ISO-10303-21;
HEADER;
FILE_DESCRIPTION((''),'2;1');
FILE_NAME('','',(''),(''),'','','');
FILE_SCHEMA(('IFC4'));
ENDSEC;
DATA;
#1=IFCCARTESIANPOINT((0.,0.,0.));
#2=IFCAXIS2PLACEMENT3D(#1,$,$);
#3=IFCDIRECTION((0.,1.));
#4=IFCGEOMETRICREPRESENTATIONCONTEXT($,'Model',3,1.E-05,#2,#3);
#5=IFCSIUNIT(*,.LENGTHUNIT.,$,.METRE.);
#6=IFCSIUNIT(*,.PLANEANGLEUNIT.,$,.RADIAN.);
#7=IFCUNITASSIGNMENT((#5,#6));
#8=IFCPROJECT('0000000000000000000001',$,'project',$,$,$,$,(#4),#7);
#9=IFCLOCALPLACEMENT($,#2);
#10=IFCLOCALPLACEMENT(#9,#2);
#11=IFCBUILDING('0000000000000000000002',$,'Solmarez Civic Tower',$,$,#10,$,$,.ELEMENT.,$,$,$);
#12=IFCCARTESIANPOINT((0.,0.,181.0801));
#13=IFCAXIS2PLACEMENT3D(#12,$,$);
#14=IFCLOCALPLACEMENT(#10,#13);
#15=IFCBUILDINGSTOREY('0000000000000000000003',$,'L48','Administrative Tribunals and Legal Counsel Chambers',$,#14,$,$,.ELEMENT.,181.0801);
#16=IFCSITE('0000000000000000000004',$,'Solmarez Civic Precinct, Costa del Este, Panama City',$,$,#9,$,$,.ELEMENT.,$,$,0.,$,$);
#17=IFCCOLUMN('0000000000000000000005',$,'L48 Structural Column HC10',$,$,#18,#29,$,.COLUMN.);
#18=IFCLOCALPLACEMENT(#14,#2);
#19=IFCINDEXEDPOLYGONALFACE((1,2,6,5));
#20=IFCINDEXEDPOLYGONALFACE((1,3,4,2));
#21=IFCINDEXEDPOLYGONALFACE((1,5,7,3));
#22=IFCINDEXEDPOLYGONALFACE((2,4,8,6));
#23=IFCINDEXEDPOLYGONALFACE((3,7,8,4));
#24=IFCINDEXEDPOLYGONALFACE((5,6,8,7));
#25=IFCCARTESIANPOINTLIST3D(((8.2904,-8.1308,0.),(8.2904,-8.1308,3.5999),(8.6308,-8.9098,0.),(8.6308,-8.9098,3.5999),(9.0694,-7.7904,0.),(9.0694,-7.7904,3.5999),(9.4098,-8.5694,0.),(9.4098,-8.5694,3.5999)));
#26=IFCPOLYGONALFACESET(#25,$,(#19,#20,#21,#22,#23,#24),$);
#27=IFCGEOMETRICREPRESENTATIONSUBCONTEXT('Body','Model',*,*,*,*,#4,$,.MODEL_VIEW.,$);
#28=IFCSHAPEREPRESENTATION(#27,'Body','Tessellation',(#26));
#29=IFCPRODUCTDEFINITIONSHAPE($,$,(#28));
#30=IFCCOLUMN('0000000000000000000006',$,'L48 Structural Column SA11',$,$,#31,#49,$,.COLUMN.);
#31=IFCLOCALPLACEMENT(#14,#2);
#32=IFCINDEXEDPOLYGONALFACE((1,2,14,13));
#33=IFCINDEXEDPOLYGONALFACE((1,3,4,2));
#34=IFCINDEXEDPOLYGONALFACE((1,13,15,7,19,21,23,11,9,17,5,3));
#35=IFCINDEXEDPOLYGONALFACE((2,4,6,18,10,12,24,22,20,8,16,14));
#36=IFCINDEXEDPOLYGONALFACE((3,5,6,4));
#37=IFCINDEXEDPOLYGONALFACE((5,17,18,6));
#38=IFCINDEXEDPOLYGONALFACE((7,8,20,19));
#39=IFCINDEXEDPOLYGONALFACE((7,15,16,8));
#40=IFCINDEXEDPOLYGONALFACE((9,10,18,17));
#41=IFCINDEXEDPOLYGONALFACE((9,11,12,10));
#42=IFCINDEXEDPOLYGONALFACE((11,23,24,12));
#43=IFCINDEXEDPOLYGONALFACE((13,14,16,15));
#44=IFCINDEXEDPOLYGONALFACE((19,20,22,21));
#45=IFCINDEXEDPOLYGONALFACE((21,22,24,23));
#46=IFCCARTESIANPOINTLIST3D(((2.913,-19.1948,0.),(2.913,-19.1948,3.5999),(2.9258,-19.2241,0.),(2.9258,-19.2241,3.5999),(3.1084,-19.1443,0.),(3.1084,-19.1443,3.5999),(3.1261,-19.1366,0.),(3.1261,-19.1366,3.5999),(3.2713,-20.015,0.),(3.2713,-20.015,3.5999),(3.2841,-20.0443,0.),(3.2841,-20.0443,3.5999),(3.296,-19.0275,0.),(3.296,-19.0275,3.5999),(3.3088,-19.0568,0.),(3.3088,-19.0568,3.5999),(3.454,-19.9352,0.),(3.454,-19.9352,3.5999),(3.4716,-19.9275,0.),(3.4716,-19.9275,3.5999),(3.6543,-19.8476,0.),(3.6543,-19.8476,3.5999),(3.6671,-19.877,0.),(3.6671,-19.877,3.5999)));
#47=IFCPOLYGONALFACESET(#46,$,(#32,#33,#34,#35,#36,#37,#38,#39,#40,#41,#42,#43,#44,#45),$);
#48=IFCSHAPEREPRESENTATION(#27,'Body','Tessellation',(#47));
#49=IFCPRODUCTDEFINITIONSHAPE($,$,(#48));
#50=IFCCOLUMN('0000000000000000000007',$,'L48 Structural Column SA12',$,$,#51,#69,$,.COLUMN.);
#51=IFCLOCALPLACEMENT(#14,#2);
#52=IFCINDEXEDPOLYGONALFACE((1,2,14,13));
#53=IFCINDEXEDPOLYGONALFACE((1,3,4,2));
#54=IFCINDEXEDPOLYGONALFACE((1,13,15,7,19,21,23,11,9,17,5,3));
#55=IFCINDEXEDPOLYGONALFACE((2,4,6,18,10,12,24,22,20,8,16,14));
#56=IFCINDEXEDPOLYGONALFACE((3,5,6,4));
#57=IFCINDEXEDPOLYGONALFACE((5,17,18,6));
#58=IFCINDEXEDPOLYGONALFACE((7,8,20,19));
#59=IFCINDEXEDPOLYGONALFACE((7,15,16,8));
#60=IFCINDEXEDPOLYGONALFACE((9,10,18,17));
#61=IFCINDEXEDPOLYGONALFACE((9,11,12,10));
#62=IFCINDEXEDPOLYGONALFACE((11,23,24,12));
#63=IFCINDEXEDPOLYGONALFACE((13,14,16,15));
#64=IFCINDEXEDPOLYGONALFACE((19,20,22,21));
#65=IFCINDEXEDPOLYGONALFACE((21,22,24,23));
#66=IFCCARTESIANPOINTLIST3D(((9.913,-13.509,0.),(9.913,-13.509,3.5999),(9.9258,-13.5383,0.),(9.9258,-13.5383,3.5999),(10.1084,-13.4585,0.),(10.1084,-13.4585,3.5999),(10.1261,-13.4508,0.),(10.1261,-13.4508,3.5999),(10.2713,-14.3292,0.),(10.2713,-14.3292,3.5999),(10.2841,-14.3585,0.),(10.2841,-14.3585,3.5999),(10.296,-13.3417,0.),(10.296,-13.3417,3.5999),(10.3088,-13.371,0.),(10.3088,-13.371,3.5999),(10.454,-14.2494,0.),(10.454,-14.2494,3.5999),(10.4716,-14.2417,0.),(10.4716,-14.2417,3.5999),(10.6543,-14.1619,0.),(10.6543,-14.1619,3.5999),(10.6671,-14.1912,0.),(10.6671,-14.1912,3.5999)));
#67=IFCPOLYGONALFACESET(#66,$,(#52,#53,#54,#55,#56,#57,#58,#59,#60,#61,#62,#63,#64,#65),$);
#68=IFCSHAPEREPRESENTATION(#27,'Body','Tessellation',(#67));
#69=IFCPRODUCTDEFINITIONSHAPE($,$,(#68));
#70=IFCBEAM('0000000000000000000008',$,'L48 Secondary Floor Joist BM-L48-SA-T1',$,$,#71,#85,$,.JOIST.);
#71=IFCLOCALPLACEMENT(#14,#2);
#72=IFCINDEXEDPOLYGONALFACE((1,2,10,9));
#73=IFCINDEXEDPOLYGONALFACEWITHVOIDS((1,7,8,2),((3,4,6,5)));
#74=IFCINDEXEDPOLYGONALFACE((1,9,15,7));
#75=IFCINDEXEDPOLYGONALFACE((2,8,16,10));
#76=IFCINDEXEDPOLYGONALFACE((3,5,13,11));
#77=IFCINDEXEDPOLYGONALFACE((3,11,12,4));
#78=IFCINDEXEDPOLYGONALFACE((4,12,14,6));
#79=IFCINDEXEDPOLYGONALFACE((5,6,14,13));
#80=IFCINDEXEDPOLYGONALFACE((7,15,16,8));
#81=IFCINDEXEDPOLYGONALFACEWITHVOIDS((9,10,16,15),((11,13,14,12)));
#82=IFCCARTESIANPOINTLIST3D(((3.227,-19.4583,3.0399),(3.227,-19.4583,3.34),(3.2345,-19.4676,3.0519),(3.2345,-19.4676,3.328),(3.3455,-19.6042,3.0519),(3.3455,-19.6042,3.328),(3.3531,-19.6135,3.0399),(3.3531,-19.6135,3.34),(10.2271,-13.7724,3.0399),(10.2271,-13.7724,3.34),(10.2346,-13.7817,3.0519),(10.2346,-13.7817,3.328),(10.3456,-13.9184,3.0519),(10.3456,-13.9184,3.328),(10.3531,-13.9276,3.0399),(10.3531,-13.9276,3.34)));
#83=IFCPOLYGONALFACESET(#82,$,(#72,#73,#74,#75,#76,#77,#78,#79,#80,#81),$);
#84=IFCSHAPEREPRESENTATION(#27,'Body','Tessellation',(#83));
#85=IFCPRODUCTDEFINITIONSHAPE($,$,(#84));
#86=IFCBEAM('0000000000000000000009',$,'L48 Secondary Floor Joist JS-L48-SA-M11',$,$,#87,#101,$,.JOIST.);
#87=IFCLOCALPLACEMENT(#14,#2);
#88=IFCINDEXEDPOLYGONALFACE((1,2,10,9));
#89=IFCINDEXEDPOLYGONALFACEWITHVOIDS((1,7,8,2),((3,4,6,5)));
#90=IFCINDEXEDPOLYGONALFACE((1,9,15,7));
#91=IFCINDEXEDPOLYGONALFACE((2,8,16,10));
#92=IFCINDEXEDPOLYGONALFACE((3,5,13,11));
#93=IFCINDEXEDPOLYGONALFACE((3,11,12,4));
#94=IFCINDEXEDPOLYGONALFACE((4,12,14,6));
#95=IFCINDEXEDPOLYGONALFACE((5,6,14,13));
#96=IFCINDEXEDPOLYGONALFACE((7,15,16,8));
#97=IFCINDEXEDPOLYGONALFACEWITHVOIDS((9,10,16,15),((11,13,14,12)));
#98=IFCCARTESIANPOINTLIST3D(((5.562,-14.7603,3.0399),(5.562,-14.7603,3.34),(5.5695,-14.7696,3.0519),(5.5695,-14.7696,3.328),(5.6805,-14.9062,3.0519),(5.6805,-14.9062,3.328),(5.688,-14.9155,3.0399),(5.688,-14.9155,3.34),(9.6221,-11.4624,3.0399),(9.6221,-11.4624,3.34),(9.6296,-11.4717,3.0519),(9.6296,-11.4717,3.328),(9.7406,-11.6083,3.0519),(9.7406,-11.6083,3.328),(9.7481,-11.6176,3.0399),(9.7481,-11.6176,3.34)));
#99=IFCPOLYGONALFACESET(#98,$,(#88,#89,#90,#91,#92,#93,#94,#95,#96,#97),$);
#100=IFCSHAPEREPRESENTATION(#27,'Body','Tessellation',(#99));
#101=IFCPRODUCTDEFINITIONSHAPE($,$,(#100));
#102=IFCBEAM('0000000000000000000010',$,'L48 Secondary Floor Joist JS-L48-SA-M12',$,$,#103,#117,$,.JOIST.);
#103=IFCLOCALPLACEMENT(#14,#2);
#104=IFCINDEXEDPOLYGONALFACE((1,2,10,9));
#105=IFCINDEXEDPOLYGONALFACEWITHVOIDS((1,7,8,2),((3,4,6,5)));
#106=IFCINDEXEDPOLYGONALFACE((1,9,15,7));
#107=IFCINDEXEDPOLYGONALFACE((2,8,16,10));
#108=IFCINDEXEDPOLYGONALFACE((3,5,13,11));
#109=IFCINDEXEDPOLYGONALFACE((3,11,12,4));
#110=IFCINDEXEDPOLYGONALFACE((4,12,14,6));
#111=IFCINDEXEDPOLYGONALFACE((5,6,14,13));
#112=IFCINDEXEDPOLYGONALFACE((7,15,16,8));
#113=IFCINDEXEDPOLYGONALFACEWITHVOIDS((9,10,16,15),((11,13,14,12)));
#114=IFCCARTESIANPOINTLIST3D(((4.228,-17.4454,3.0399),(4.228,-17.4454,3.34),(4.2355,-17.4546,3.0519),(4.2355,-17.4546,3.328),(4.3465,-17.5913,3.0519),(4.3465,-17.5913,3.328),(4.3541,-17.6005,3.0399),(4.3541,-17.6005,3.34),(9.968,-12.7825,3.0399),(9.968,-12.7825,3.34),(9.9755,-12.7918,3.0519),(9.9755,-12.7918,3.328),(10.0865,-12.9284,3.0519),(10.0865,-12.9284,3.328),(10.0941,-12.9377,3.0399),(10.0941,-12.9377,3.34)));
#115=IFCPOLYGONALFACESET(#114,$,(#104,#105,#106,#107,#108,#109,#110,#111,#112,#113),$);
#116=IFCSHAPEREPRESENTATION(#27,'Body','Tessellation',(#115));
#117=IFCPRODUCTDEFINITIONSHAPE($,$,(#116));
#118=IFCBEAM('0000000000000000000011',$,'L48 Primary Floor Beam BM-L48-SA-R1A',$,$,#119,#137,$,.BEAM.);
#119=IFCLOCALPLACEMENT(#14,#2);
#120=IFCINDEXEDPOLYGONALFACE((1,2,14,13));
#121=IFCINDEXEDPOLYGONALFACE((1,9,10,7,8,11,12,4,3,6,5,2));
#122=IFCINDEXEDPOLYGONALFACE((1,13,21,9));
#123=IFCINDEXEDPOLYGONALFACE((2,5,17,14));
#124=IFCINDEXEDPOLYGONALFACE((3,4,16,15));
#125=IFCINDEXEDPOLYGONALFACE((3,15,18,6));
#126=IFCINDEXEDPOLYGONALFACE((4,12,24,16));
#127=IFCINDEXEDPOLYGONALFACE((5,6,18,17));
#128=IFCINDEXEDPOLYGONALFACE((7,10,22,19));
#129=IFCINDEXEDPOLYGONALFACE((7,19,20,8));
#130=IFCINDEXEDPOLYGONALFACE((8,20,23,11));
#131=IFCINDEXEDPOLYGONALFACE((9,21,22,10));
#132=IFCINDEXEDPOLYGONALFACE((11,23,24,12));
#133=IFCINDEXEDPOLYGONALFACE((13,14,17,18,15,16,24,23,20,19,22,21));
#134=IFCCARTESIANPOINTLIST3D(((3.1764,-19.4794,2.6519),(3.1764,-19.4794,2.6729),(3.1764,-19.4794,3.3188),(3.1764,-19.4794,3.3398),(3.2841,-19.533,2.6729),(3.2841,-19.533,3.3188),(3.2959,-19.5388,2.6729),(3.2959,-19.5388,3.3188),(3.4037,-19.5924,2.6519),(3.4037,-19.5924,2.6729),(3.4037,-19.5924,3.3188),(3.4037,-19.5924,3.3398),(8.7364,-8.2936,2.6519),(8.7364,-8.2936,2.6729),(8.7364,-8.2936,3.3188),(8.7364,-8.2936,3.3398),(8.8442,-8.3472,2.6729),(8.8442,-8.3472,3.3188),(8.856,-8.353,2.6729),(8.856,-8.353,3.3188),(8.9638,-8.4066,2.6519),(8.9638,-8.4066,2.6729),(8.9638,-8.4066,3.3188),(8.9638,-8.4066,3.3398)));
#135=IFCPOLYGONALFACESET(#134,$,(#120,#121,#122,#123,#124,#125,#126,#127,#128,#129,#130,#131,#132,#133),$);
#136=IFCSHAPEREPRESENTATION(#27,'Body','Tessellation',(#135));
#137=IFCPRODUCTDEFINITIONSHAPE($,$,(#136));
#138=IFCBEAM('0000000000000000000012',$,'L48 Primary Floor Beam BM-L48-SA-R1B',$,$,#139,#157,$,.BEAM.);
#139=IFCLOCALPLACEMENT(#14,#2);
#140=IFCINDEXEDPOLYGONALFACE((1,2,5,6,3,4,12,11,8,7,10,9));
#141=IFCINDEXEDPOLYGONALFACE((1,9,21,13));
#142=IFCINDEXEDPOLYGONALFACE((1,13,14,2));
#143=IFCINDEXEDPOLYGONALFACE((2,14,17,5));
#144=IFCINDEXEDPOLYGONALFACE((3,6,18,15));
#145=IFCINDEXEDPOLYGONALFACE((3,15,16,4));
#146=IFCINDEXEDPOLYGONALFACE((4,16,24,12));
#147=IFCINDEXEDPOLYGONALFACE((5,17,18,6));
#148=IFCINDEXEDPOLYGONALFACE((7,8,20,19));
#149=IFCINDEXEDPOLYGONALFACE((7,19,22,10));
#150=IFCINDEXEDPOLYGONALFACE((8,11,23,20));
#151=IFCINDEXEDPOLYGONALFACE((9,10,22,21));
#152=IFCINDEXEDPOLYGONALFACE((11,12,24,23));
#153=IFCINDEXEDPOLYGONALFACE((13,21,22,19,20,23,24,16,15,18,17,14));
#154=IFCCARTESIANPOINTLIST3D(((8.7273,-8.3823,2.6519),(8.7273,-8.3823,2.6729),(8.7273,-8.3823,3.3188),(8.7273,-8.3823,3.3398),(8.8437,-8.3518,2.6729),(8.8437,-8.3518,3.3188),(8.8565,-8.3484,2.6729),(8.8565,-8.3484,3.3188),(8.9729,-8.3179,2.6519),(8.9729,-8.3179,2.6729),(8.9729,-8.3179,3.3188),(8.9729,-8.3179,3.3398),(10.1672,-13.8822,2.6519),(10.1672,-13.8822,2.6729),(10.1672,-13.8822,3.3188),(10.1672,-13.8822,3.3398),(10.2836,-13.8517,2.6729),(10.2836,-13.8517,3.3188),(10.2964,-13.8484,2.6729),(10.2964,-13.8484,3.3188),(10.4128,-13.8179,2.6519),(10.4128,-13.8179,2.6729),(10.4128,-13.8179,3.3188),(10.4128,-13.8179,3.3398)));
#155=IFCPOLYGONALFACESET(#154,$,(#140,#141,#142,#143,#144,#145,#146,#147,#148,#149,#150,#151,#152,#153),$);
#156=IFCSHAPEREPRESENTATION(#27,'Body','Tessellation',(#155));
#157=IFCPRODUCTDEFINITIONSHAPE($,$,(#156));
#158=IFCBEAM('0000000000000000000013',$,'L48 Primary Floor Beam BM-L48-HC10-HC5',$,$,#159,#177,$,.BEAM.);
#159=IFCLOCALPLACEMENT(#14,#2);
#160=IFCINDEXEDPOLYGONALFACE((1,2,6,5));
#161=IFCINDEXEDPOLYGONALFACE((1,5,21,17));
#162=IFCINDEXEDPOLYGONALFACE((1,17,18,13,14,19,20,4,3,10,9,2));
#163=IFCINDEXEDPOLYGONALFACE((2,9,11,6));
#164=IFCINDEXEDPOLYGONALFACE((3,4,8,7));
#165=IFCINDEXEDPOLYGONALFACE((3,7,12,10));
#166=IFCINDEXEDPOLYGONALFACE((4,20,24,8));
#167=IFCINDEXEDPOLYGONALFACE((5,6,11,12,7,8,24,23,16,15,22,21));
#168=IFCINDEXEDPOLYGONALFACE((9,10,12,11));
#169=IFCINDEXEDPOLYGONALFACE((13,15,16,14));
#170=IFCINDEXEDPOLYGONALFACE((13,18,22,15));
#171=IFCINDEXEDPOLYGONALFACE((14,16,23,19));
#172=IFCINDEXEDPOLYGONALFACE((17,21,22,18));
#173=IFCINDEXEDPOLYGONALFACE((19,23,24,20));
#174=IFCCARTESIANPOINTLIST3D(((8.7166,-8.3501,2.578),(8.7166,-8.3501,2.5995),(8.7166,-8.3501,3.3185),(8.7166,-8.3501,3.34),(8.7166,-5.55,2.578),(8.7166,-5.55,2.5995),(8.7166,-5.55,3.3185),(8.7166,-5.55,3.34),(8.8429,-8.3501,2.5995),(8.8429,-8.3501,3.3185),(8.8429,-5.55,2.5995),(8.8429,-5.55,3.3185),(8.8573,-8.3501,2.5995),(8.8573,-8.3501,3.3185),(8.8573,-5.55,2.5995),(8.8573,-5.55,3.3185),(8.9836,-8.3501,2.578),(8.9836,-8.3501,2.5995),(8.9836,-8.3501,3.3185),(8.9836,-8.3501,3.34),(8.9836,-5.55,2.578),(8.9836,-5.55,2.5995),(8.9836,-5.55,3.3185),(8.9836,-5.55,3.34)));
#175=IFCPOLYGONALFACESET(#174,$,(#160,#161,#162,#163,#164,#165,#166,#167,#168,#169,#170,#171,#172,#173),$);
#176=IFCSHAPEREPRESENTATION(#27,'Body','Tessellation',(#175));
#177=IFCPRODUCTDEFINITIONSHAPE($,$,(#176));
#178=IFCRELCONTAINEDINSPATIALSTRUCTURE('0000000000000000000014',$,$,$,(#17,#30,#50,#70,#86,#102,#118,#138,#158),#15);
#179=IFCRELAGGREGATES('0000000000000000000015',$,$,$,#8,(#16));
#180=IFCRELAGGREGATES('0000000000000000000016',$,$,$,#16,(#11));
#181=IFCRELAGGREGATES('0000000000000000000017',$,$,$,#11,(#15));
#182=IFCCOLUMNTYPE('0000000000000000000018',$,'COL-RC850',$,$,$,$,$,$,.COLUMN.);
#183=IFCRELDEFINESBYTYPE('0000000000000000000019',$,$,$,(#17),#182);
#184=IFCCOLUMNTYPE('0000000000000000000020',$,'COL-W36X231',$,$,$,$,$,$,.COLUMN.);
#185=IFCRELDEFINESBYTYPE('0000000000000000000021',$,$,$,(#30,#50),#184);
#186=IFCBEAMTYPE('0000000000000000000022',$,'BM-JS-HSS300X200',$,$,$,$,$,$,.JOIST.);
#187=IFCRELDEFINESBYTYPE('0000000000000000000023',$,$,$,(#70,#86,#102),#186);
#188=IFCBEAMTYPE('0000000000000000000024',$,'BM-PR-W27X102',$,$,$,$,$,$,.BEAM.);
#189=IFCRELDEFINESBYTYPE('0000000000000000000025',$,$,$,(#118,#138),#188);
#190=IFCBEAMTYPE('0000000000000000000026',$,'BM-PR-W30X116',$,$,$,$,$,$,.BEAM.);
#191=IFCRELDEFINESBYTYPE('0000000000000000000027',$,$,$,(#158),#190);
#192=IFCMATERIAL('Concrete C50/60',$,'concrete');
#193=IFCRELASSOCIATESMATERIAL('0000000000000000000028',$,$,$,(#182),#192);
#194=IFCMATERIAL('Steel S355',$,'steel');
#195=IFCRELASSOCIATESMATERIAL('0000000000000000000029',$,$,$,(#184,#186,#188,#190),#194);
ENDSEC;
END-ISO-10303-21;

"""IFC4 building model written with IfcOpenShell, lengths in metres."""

from ifc_helpers import new_model, si_unit, direction, frame, origin, origin_2d, place, context, subcontext, project, spatial, rectangle, hollow_rectangle, i_section, extrude, material, material_profile, profile_set, type_object, element, save


model = new_model("IFC4")

# Units and contexts
model_context = context("Model", 3, precision=1e-05, world=origin(), true_north=direction((0.0, 1.0)))
body_context = subcontext(model_context, "Body", "Model", "MODEL_VIEW")
ifc_project = project(units=[si_unit("LENGTHUNIT", "METRE"), si_unit("PLANEANGLEUNIT", "RADIAN")], contexts=[model_context])

# Site, building, storey
site_placement = place(None, origin())
site = spatial("IfcSite", under=ifc_project, at=site_placement, Name="Solmarez Civic Precinct, Costa del Este, Panama City", CompositionType="ELEMENT", RefElevation=0.0)
building_placement = place(site_placement, origin())
building = spatial("IfcBuilding", under=site, at=building_placement, Name="Solmarez Civic Tower", CompositionType="ELEMENT")
storey_placement = place(building_placement, frame((0.0, 0.0, 181.0801)))
storey = spatial("IfcBuildingStorey", under=building, at=storey_placement, Name="L48", Description="Administrative Tribunals and Legal Counsel Chambers", CompositionType="ELEMENT", Elevation=181.0801)

# Columns
ifc_material_1 = material(Name="Concrete C50/60", Category="concrete")
ifc_material_profile_1 = material_profile(ifc_material_1, rectangle(XDim=0.8501, YDim=0.8501, at=origin_2d()), Name="RC850X850")
ifc_profile_set_1 = profile_set([ifc_material_profile_1], Name="Concrete C50/60")
column_type_1 = type_object("IfcColumnType", Name="COL-RC850", PredefinedType="COLUMN", material=ifc_profile_set_1)
column_placement = place(storey_placement, frame((8.8501, -8.3501, 0.0), z_axis=(0.0, 0.0, 1.0), x_axis=(0.916363, 0.400349, 0.0)))
element("IfcColumn", 1, at=column_placement, inside=storey, type_object=column_type_1, Name="L48 Structural Column HC10", PredefinedType="COLUMN", context=body_context, shape_type="SweptSolid", body=[
    extrude(rectangle(XDim=0.8501, YDim=0.8501, at=origin_2d()), origin(), (0.0, 0.0, 1.0), 3.5999),
])
ifc_material_2 = material(Name="Steel S355", Category="steel")
ifc_material_profile_2 = material_profile(ifc_material_2, i_section(OverallWidth=0.418, OverallDepth=0.927, WebThickness=0.0193, FlangeThickness=0.032, at=origin_2d()), Name="W36X231")
ifc_profile_set_2 = profile_set([ifc_material_profile_2], Name="Steel S355")
column_type_2 = type_object("IfcColumnType", Name="COL-W36X231", PredefinedType="COLUMN", material=ifc_profile_set_2)
for number, where, z_axis, x_axis, name in (
    (2, (3.29, -19.5359, 0.0), (0.0, 0.0, 1.0), (0.916363, 0.400349, 0.0), "L48 Structural Column SA11"),
    (3, (10.29, -13.8501, 0.0), (0.0, 0.0, 1.0), (0.916363, 0.400349, 0.0), "L48 Structural Column SA12"),
):
    element("IfcColumn", number, at=place(storey_placement, frame(where, z_axis=z_axis, x_axis=x_axis)), inside=storey, type_object=column_type_2, Name=name, PredefinedType="COLUMN", context=body_context, shape_type="SweptSolid", body=[
        extrude(i_section(OverallWidth=0.418, OverallDepth=0.927, WebThickness=0.0193, FlangeThickness=0.032, at=origin_2d()), origin(), (0.0, 0.0, 1.0), 3.5999),
    ])

# Beams
ifc_material_profile_3 = material_profile(ifc_material_2, hollow_rectangle(XDim=0.2, YDim=0.3, WallThickness=0.012, at=origin_2d()), Name="HSS300X200X12")
ifc_profile_set_3 = profile_set([ifc_material_profile_3], Name="Steel S355")
beam_type_1 = type_object("IfcBeamType", Name="BM-JS-HSS300X200", PredefinedType="JOIST", material=ifc_profile_set_3)
beam_1_placement = place(storey_placement, frame((3.29, -19.5359, 3.1899), z_axis=(0.776207, 0.630478, 0.0), x_axis=(-0.630478, 0.776207, 0.0)))
element("IfcBeam", 4, at=beam_1_placement, inside=storey, type_object=beam_type_1, Name="L48 Secondary Floor Joist BM-L48-SA-T1", PredefinedType="JOIST", context=body_context, shape_type="SweptSolid", body=[
    extrude(hollow_rectangle(XDim=0.2, YDim=0.3, WallThickness=0.012, at=origin_2d()), origin(), (0.0, 0.0, 1.0), 9.0183),
])
beam_2_placement = place(storey_placement, frame((5.625, -14.8379, 3.1899), z_axis=(0.776203, 0.630484, 0.0), x_axis=(-0.630484, 0.776203, 0.0)))
element("IfcBeam", 5, at=beam_2_placement, inside=storey, type_object=beam_type_1, Name="L48 Secondary Floor Joist JS-L48-SA-M11", PredefinedType="JOIST", context=body_context, shape_type="SweptSolid", body=[
    extrude(hollow_rectangle(XDim=0.2, YDim=0.3, WallThickness=0.012, at=origin_2d()), origin(), (0.0, 0.0, 1.0), 5.2307),
])
beam_3_placement = place(storey_placement, frame((4.291, -17.5229, 3.1899), z_axis=(0.776174, 0.630519, 0.0), x_axis=(-0.630519, 0.776174, 0.0)))
element("IfcBeam", 6, at=beam_3_placement, inside=storey, type_object=beam_type_1, Name="L48 Secondary Floor Joist JS-L48-SA-M12", PredefinedType="JOIST", context=body_context, shape_type="SweptSolid", body=[
    extrude(hollow_rectangle(XDim=0.2, YDim=0.3, WallThickness=0.012, at=origin_2d()), origin(), (0.0, 0.0, 1.0), 7.3953),
])
ifc_material_profile_4 = material_profile(ifc_material_2, i_section(OverallWidth=0.2539, OverallDepth=0.688, WebThickness=0.0132, FlangeThickness=0.021, at=origin_2d()), Name="W27X102")
ifc_profile_set_4 = profile_set([ifc_material_profile_4], Name="Steel S355")
beam_type_2 = type_object("IfcBeamType", Name="BM-PR-W27X102", PredefinedType="BEAM", material=ifc_profile_set_4)
beam_4_placement = place(storey_placement, frame((8.8501, -8.3501, 2.9958), z_axis=(-0.445109, -0.895476, 0.0), x_axis=(0.895476, -0.445109, 0.0)))
element("IfcBeam", 7, at=beam_4_placement, inside=storey, type_object=beam_type_2, Name="L48 Primary Floor Beam BM-L48-SA-R1A", PredefinedType="BEAM", context=body_context, shape_type="SweptSolid", body=[
    extrude(i_section(OverallWidth=0.2539, OverallDepth=0.688, WebThickness=0.0132, FlangeThickness=0.021, at=origin_2d()), origin(), (0.0, 0.0, 1.0), 12.4915),
])
beam_5_placement = place(storey_placement, frame((8.8501, -8.3501, 2.9958), z_axis=(0.253271, -0.967395, 0.0), x_axis=(0.967395, 0.253271, 0.0)))
element("IfcBeam", 8, at=beam_5_placement, inside=storey, type_object=beam_type_2, Name="L48 Primary Floor Beam BM-L48-SA-R1B", PredefinedType="BEAM", context=body_context, shape_type="SweptSolid", body=[
    extrude(i_section(OverallWidth=0.2539, OverallDepth=0.688, WebThickness=0.0132, FlangeThickness=0.021, at=origin_2d()), origin(), (0.0, 0.0, 1.0), 5.6853),
])
ifc_material_profile_5 = material_profile(ifc_material_2, i_section(OverallWidth=0.2671, OverallDepth=0.762, WebThickness=0.0144, FlangeThickness=0.0215, at=origin_2d()), Name="W30X116")
ifc_profile_set_5 = profile_set([ifc_material_profile_5], Name="Steel S355")
beam_type_3 = type_object("IfcBeamType", Name="BM-PR-W30X116", PredefinedType="BEAM", material=ifc_profile_set_5)
beam_6_placement = place(storey_placement, frame((8.8501, -8.3501, 2.959), z_axis=(0.0, 1.0, 0.0), x_axis=(-1.0, 0.0, 0.0)))
element("IfcBeam", 9, at=beam_6_placement, inside=storey, type_object=beam_type_3, Name="L48 Primary Floor Beam BM-L48-HC10-HC5", PredefinedType="BEAM", context=body_context, shape_type="SweptSolid", body=[
    extrude(i_section(OverallWidth=0.2671, OverallDepth=0.762, WebThickness=0.0144, FlangeThickness=0.0215, at=origin_2d()), origin(), (0.0, 0.0, 1.0), 2.8),
])

save(model, "model.ifc")
